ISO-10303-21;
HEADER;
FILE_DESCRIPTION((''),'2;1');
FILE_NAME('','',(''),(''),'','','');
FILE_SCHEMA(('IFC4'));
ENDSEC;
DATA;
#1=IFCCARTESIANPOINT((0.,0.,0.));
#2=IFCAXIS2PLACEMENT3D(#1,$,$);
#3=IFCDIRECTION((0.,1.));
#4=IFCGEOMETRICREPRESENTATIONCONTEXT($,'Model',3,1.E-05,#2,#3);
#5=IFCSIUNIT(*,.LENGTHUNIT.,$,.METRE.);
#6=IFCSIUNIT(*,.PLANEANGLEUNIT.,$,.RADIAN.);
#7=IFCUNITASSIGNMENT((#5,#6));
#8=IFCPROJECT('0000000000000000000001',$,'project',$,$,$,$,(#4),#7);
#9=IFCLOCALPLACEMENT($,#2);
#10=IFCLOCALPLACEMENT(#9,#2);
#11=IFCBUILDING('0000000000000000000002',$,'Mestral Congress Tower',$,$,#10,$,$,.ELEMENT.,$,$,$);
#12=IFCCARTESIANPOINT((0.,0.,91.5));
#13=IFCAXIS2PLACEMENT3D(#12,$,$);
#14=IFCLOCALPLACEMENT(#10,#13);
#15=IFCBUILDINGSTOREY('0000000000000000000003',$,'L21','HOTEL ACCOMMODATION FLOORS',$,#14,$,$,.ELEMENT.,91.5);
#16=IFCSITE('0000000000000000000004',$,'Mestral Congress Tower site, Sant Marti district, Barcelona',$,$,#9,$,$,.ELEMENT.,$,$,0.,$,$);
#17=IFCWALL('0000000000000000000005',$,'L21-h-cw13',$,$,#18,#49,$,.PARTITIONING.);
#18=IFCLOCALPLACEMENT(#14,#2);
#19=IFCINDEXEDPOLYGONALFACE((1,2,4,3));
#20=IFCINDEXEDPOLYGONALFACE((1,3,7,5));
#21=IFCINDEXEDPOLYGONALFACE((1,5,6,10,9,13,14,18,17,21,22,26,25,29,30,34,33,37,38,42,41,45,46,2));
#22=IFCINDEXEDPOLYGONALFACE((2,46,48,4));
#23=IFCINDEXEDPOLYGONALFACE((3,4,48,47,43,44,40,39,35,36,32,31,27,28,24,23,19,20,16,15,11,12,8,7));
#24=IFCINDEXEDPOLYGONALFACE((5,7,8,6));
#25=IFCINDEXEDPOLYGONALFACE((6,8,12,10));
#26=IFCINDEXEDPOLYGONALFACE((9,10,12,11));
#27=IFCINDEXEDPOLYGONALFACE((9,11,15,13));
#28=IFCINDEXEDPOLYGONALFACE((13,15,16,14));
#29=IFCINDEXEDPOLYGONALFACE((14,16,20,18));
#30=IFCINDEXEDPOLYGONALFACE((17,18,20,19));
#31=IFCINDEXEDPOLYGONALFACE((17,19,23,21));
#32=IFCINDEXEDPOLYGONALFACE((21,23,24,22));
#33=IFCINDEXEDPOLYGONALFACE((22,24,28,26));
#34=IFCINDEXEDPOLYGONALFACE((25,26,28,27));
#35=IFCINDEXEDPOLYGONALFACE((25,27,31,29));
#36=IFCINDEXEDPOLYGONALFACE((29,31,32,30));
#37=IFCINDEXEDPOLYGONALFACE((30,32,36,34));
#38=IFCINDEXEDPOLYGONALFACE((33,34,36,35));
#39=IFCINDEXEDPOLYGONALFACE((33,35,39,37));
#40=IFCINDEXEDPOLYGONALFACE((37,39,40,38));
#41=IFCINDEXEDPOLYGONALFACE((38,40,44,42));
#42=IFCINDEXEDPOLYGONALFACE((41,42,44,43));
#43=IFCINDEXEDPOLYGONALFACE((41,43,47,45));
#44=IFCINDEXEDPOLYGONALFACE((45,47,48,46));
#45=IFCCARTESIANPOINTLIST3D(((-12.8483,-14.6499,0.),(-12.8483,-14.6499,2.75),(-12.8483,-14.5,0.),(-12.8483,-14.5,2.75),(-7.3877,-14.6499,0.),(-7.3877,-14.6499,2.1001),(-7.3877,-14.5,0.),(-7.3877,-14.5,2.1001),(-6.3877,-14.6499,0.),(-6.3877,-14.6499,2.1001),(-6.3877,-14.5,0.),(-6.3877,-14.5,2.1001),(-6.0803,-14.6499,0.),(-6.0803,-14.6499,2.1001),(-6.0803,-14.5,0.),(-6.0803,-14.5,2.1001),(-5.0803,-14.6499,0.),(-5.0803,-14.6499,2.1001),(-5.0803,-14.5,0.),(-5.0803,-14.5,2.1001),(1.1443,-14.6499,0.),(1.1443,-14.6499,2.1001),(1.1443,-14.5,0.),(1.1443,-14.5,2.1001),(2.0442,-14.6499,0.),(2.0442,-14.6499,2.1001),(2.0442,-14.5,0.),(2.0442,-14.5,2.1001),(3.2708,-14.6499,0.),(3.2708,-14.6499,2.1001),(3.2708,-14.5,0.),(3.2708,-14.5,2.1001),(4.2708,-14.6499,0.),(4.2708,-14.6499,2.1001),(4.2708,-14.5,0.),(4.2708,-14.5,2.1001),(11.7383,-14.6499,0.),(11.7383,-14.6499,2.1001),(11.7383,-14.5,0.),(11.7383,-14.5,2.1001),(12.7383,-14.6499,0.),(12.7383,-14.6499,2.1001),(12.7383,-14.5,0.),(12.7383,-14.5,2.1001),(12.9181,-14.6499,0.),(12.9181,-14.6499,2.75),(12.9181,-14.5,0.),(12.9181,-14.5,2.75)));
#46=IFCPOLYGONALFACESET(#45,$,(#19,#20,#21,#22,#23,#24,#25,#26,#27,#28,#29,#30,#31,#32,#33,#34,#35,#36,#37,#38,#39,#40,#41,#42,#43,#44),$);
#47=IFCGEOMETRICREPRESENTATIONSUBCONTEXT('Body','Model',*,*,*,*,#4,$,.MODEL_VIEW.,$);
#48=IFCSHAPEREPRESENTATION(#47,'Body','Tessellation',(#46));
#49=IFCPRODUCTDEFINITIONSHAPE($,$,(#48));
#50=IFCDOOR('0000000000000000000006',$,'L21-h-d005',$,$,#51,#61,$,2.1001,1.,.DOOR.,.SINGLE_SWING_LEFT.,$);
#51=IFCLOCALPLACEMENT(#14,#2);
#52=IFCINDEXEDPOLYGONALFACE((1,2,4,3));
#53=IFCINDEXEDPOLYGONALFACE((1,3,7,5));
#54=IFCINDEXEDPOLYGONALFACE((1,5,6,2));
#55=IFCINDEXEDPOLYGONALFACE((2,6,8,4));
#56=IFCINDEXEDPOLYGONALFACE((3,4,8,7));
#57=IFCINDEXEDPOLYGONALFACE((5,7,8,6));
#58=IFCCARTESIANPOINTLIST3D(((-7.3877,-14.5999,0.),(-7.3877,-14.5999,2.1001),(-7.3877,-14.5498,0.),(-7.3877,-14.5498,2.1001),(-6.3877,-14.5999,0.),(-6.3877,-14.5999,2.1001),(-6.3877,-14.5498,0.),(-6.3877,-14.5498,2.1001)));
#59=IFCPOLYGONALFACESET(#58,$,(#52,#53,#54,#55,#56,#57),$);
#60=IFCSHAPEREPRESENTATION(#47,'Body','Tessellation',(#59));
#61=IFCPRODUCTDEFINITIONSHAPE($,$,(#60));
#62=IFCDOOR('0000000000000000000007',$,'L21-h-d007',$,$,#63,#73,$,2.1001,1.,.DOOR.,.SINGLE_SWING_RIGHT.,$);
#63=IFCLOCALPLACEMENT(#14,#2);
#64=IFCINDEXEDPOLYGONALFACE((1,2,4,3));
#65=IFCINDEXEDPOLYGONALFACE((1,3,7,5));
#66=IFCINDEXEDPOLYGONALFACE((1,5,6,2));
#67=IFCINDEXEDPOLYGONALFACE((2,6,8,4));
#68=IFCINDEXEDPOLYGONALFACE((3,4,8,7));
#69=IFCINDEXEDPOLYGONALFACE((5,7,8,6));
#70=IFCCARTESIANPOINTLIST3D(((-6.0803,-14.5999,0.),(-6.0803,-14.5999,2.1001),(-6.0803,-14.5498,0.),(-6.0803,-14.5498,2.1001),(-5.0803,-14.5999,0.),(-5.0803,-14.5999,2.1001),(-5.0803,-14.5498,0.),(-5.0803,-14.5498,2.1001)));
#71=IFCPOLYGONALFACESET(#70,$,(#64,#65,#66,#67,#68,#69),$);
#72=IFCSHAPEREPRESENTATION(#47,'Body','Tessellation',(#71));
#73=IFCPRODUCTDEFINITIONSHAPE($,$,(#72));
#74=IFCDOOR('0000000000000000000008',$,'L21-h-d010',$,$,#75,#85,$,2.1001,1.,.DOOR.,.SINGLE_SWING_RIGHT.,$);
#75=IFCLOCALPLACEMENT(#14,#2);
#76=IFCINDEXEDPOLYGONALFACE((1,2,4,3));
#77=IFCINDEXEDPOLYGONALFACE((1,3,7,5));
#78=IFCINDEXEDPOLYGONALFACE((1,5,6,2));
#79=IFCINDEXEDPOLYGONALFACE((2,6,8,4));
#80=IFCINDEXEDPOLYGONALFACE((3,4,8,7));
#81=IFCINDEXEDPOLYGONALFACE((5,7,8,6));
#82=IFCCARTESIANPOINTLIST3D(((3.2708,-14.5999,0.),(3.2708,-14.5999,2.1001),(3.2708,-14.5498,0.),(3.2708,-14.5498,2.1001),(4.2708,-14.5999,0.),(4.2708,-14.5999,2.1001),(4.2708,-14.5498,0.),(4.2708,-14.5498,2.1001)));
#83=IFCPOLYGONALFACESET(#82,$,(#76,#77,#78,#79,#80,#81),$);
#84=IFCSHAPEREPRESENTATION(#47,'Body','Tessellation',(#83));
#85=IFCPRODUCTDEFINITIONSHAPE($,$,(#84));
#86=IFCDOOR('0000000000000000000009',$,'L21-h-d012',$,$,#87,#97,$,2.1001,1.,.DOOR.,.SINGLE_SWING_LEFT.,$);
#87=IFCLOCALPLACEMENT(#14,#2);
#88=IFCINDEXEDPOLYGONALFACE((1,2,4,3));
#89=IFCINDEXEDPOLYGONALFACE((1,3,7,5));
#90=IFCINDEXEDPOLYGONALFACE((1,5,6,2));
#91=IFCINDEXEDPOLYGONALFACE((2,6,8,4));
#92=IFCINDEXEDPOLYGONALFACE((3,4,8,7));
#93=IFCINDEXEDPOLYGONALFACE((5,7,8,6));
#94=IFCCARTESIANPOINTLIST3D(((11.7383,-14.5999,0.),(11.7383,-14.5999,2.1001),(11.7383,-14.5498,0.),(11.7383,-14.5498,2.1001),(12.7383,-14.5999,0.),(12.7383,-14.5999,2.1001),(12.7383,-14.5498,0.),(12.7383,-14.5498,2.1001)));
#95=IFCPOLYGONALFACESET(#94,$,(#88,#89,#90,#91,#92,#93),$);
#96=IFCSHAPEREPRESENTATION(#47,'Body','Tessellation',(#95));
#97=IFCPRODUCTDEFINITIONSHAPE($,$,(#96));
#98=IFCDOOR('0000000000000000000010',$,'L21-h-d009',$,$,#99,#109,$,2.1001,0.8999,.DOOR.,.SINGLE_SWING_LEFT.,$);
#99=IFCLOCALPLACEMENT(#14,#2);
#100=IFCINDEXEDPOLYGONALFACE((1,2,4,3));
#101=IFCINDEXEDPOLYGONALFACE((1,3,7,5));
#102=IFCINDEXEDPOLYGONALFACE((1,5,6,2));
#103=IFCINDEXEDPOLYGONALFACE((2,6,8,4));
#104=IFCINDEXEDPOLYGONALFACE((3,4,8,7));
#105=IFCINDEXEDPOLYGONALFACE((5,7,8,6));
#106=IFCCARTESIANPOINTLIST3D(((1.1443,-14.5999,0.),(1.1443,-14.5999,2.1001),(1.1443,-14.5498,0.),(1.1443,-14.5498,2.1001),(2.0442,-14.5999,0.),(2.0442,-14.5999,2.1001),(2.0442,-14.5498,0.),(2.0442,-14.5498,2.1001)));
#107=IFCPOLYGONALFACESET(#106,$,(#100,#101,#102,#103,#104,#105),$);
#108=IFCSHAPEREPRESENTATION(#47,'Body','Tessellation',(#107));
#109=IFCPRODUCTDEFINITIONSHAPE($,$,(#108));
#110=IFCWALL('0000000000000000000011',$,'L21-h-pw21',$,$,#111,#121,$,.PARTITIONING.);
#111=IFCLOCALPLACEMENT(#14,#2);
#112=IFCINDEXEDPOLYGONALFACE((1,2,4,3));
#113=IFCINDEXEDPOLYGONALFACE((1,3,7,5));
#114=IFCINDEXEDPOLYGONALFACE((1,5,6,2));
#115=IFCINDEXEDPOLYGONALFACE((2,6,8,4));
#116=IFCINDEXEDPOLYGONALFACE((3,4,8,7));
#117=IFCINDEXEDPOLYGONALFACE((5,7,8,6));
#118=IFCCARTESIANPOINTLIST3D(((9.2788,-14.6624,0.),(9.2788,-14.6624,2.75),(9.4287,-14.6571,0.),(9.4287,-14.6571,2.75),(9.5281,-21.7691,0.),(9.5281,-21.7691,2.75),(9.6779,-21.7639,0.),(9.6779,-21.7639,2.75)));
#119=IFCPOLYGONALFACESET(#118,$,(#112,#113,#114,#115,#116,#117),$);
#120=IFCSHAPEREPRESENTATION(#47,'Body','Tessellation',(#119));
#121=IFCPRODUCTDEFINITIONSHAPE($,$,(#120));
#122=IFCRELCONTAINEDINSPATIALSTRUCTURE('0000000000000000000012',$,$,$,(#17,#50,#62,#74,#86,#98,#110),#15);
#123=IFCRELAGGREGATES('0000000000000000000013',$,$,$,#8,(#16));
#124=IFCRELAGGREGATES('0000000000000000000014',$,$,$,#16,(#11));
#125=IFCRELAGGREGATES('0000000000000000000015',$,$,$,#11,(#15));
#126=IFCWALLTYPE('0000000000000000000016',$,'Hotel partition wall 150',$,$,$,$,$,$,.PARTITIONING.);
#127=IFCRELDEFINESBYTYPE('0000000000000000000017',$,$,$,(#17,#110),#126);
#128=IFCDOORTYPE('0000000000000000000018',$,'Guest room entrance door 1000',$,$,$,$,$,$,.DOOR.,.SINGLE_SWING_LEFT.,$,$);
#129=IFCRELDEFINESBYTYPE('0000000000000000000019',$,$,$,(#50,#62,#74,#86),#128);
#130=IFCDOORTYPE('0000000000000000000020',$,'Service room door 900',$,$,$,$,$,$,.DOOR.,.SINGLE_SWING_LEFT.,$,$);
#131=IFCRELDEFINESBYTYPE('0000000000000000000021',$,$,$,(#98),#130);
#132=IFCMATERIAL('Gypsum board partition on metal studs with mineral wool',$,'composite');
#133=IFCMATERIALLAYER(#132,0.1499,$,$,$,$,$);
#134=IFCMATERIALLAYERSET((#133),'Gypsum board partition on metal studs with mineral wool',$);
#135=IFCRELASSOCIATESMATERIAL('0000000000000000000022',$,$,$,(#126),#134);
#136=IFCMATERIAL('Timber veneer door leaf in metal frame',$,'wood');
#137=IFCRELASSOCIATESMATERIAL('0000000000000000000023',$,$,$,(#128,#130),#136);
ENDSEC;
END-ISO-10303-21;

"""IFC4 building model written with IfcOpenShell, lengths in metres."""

from ifc_helpers import new_model, si_unit, direction, frame, frame_2d, origin, place, context, subcontext, project, spatial, rectangle, extrude, material, layer, layer_set, type_object, element, fill, save


model = new_model("IFC4")

# Units and contexts
model_context = context("Model", 3, precision=1e-05, world=origin(), true_north=direction((0.0, 1.0)))
body_context = subcontext(model_context, "Body", "Model", "MODEL_VIEW")
ifc_project = project(units=[si_unit("LENGTHUNIT", "METRE"), si_unit("PLANEANGLEUNIT", "RADIAN")], contexts=[model_context])

# Site, building, storey
site_placement = place(None, origin())
site = spatial("IfcSite", under=ifc_project, at=site_placement, Name="Mestral Congress Tower site, Sant Marti district, Barcelona", CompositionType="ELEMENT", RefElevation=0.0)
building_placement = place(site_placement, origin())
building = spatial("IfcBuilding", under=site, at=building_placement, Name="Mestral Congress Tower", CompositionType="ELEMENT")
storey_placement = place(building_placement, frame((0.0, 0.0, 91.5)))
storey = spatial("IfcBuildingStorey", under=building, at=storey_placement, Name="L21", Description="HOTEL ACCOMMODATION FLOORS", CompositionType="ELEMENT", Elevation=91.5)

# Shared definitions
ifc_material_1 = material(Name="Gypsum board partition on metal studs with mineral wool", Category="composite")

# Wall, openings, doors
ifc_layer_1 = layer(ifc_material_1, 0.1499)
ifc_layer_set_1 = layer_set([ifc_layer_1], Name="Gypsum board partition on metal studs with mineral wool")
wall_type_1 = type_object("IfcWallType", Name="Hotel partition wall 150", PredefinedType="PARTITIONING", material=ifc_layer_set_1)
wall_1_placement = place(storey_placement, frame((12.9182, -14.575, 0.0), z_axis=(0.0, 0.0, 1.0), x_axis=(-1.0, 0.0, 0.0)))
wall_1 = element("IfcWall", 1, at=wall_1_placement, inside=storey, type_object=wall_type_1, Name="L21-h-cw13", PredefinedType="PARTITIONING", context=body_context, shape_type="SweptSolid", body=[
    extrude(rectangle(XDim=25.7664, YDim=0.1499, at=frame_2d((12.8833, 0.0))), origin(), (0.0, 0.0, 1.0), 2.75),
])
opening_1_placement = place(wall_1_placement, frame((19.3059, 0.0, 0.0)))
opening_1 = element("IfcOpeningElement", 2, at=opening_1_placement, cuts=wall_1, PredefinedType="OPENING", context=body_context, shape_type="SweptSolid", body=[
    extrude(rectangle(XDim=1.0, YDim=2.1001, at=frame_2d((0.5, 1.05))), frame((0.0, 0.085, 0.0), z_axis=(0.0, -1.0, 0.0), x_axis=(1.0, 0.0, 0.0)), (0.0, 0.0, 1.0), 0.1699),
])
opening_2_placement = place(wall_1_placement, frame((17.9985, 0.0, 0.0)))
opening_2 = element("IfcOpeningElement", 3, at=opening_2_placement, cuts=wall_1, PredefinedType="OPENING", context=body_context, shape_type="SweptSolid", body=[
    extrude(rectangle(XDim=1.0, YDim=2.1001, at=frame_2d((0.5, 1.05))), frame((0.0, 0.085, 0.0), z_axis=(0.0, -1.0, 0.0), x_axis=(1.0, 0.0, 0.0)), (0.0, 0.0, 1.0), 0.1699),
])
opening_3_placement = place(wall_1_placement, frame((10.874, 0.0, 0.0)))
opening_3 = element("IfcOpeningElement", 4, at=opening_3_placement, cuts=wall_1, PredefinedType="OPENING", context=body_context, shape_type="SweptSolid", body=[
    extrude(rectangle(XDim=0.8999, YDim=2.1001, at=frame_2d((0.45, 1.05))), frame((0.0, 0.085, 0.0), z_axis=(0.0, -1.0, 0.0), x_axis=(1.0, 0.0, 0.0)), (0.0, 0.0, 1.0), 0.1699),
])
opening_4_placement = place(wall_1_placement, frame((8.6475, 0.0, 0.0)))
opening_4 = element("IfcOpeningElement", 5, at=opening_4_placement, cuts=wall_1, PredefinedType="OPENING", context=body_context, shape_type="SweptSolid", body=[
    extrude(rectangle(XDim=1.0, YDim=2.1001, at=frame_2d((0.5, 1.05))), frame((0.0, 0.085, 0.0), z_axis=(0.0, -1.0, 0.0), x_axis=(1.0, 0.0, 0.0)), (0.0, 0.0, 1.0), 0.1699),
])
opening_5_placement = place(wall_1_placement, frame((0.1799, 0.0, 0.0)))
opening_5 = element("IfcOpeningElement", 6, at=opening_5_placement, cuts=wall_1, PredefinedType="OPENING", context=body_context, shape_type="SweptSolid", body=[
    extrude(rectangle(XDim=1.0, YDim=2.1001, at=frame_2d((0.5, 1.05))), frame((0.0, 0.085, 0.0), z_axis=(0.0, -1.0, 0.0), x_axis=(1.0, 0.0, 0.0)), (0.0, 0.0, 1.0), 0.1699),
])
ifc_material_2 = material(Name="Timber veneer door leaf in metal frame", Category="wood")
door_type_1 = type_object("IfcDoorType", Name="Guest room entrance door 1000", OperationType="SINGLE_SWING_LEFT", PredefinedType="DOOR", material=ifc_material_2)
door_1_placement = place(opening_1_placement, origin())
door_1 = element("IfcDoor", 7, at=door_1_placement, inside=storey, type_object=door_type_1, Name="L21-h-d005", OperationType="SINGLE_SWING_LEFT", OverallHeight=2.1001, OverallWidth=1.0, PredefinedType="DOOR", context=body_context, shape_type="SweptSolid", body=[
    extrude(rectangle(XDim=1.0, YDim=2.1001, at=frame_2d((0.5, 1.05))), frame((0.0, 0.0249, 0.0), z_axis=(0.0, -1.0, 0.0), x_axis=(1.0, 0.0, 0.0)), (0.0, 0.0, 1.0), 0.05),
])
fill(opening_1, door_1)
door_2_placement = place(opening_2_placement, origin())
door_2 = element("IfcDoor", 8, at=door_2_placement, inside=storey, type_object=door_type_1, Name="L21-h-d007", OperationType="SINGLE_SWING_RIGHT", OverallHeight=2.1001, OverallWidth=1.0, PredefinedType="DOOR", context=body_context, shape_type="SweptSolid", body=[
    extrude(rectangle(XDim=1.0, YDim=2.1001, at=frame_2d((0.5, 1.05))), frame((0.0, 0.0249, 0.0), z_axis=(0.0, -1.0, 0.0), x_axis=(1.0, 0.0, 0.0)), (0.0, 0.0, 1.0), 0.05),
])
fill(opening_2, door_2)
door_3_placement = place(opening_4_placement, origin())
door_3 = element("IfcDoor", 9, at=door_3_placement, inside=storey, type_object=door_type_1, Name="L21-h-d010", OperationType="SINGLE_SWING_RIGHT", OverallHeight=2.1001, OverallWidth=1.0, PredefinedType="DOOR", context=body_context, shape_type="SweptSolid", body=[
    extrude(rectangle(XDim=1.0, YDim=2.1001, at=frame_2d((0.5, 1.05))), frame((0.0, 0.0249, 0.0), z_axis=(0.0, -1.0, 0.0), x_axis=(1.0, 0.0, 0.0)), (0.0, 0.0, 1.0), 0.05),
])
fill(opening_4, door_3)
door_4_placement = place(opening_5_placement, origin())
door_4 = element("IfcDoor", 10, at=door_4_placement, inside=storey, type_object=door_type_1, Name="L21-h-d012", OperationType="SINGLE_SWING_LEFT", OverallHeight=2.1001, OverallWidth=1.0, PredefinedType="DOOR", context=body_context, shape_type="SweptSolid", body=[
    extrude(rectangle(XDim=1.0, YDim=2.1001, at=frame_2d((0.5, 1.05))), frame((0.0, 0.0249, 0.0), z_axis=(0.0, -1.0, 0.0), x_axis=(1.0, 0.0, 0.0)), (0.0, 0.0, 1.0), 0.05),
])
fill(opening_5, door_4)
door_type_2 = type_object("IfcDoorType", Name="Service room door 900", OperationType="SINGLE_SWING_LEFT", PredefinedType="DOOR", material=ifc_material_2)
door_5_placement = place(opening_3_placement, origin())
door_5 = element("IfcDoor", 11, at=door_5_placement, inside=storey, type_object=door_type_2, Name="L21-h-d009", OperationType="SINGLE_SWING_LEFT", OverallHeight=2.1001, OverallWidth=0.8999, PredefinedType="DOOR", context=body_context, shape_type="SweptSolid", body=[
    extrude(rectangle(XDim=0.8999, YDim=2.1001, at=frame_2d((0.45, 1.05))), frame((0.0, 0.0249, 0.0), z_axis=(0.0, -1.0, 0.0), x_axis=(1.0, 0.0, 0.0)), (0.0, 0.0, 1.0), 0.05),
])
fill(opening_3, door_5)

# Wall
wall_2_placement = place(storey_placement, frame((9.603, -21.7666, 0.0), z_axis=(0.0, 0.0, 1.0), x_axis=(-0.035054, 0.999385, 0.0)))
element("IfcWall", 12, at=wall_2_placement, inside=storey, type_object=wall_type_1, Name="L21-h-pw21", PredefinedType="PARTITIONING", context=body_context, shape_type="SweptSolid", body=[
    extrude(rectangle(XDim=7.1111, YDim=0.1499, at=frame_2d((3.5557, 0.0))), origin(), (0.0, 0.0, 1.0), 2.75),
])

save(model, "model.ifc")
